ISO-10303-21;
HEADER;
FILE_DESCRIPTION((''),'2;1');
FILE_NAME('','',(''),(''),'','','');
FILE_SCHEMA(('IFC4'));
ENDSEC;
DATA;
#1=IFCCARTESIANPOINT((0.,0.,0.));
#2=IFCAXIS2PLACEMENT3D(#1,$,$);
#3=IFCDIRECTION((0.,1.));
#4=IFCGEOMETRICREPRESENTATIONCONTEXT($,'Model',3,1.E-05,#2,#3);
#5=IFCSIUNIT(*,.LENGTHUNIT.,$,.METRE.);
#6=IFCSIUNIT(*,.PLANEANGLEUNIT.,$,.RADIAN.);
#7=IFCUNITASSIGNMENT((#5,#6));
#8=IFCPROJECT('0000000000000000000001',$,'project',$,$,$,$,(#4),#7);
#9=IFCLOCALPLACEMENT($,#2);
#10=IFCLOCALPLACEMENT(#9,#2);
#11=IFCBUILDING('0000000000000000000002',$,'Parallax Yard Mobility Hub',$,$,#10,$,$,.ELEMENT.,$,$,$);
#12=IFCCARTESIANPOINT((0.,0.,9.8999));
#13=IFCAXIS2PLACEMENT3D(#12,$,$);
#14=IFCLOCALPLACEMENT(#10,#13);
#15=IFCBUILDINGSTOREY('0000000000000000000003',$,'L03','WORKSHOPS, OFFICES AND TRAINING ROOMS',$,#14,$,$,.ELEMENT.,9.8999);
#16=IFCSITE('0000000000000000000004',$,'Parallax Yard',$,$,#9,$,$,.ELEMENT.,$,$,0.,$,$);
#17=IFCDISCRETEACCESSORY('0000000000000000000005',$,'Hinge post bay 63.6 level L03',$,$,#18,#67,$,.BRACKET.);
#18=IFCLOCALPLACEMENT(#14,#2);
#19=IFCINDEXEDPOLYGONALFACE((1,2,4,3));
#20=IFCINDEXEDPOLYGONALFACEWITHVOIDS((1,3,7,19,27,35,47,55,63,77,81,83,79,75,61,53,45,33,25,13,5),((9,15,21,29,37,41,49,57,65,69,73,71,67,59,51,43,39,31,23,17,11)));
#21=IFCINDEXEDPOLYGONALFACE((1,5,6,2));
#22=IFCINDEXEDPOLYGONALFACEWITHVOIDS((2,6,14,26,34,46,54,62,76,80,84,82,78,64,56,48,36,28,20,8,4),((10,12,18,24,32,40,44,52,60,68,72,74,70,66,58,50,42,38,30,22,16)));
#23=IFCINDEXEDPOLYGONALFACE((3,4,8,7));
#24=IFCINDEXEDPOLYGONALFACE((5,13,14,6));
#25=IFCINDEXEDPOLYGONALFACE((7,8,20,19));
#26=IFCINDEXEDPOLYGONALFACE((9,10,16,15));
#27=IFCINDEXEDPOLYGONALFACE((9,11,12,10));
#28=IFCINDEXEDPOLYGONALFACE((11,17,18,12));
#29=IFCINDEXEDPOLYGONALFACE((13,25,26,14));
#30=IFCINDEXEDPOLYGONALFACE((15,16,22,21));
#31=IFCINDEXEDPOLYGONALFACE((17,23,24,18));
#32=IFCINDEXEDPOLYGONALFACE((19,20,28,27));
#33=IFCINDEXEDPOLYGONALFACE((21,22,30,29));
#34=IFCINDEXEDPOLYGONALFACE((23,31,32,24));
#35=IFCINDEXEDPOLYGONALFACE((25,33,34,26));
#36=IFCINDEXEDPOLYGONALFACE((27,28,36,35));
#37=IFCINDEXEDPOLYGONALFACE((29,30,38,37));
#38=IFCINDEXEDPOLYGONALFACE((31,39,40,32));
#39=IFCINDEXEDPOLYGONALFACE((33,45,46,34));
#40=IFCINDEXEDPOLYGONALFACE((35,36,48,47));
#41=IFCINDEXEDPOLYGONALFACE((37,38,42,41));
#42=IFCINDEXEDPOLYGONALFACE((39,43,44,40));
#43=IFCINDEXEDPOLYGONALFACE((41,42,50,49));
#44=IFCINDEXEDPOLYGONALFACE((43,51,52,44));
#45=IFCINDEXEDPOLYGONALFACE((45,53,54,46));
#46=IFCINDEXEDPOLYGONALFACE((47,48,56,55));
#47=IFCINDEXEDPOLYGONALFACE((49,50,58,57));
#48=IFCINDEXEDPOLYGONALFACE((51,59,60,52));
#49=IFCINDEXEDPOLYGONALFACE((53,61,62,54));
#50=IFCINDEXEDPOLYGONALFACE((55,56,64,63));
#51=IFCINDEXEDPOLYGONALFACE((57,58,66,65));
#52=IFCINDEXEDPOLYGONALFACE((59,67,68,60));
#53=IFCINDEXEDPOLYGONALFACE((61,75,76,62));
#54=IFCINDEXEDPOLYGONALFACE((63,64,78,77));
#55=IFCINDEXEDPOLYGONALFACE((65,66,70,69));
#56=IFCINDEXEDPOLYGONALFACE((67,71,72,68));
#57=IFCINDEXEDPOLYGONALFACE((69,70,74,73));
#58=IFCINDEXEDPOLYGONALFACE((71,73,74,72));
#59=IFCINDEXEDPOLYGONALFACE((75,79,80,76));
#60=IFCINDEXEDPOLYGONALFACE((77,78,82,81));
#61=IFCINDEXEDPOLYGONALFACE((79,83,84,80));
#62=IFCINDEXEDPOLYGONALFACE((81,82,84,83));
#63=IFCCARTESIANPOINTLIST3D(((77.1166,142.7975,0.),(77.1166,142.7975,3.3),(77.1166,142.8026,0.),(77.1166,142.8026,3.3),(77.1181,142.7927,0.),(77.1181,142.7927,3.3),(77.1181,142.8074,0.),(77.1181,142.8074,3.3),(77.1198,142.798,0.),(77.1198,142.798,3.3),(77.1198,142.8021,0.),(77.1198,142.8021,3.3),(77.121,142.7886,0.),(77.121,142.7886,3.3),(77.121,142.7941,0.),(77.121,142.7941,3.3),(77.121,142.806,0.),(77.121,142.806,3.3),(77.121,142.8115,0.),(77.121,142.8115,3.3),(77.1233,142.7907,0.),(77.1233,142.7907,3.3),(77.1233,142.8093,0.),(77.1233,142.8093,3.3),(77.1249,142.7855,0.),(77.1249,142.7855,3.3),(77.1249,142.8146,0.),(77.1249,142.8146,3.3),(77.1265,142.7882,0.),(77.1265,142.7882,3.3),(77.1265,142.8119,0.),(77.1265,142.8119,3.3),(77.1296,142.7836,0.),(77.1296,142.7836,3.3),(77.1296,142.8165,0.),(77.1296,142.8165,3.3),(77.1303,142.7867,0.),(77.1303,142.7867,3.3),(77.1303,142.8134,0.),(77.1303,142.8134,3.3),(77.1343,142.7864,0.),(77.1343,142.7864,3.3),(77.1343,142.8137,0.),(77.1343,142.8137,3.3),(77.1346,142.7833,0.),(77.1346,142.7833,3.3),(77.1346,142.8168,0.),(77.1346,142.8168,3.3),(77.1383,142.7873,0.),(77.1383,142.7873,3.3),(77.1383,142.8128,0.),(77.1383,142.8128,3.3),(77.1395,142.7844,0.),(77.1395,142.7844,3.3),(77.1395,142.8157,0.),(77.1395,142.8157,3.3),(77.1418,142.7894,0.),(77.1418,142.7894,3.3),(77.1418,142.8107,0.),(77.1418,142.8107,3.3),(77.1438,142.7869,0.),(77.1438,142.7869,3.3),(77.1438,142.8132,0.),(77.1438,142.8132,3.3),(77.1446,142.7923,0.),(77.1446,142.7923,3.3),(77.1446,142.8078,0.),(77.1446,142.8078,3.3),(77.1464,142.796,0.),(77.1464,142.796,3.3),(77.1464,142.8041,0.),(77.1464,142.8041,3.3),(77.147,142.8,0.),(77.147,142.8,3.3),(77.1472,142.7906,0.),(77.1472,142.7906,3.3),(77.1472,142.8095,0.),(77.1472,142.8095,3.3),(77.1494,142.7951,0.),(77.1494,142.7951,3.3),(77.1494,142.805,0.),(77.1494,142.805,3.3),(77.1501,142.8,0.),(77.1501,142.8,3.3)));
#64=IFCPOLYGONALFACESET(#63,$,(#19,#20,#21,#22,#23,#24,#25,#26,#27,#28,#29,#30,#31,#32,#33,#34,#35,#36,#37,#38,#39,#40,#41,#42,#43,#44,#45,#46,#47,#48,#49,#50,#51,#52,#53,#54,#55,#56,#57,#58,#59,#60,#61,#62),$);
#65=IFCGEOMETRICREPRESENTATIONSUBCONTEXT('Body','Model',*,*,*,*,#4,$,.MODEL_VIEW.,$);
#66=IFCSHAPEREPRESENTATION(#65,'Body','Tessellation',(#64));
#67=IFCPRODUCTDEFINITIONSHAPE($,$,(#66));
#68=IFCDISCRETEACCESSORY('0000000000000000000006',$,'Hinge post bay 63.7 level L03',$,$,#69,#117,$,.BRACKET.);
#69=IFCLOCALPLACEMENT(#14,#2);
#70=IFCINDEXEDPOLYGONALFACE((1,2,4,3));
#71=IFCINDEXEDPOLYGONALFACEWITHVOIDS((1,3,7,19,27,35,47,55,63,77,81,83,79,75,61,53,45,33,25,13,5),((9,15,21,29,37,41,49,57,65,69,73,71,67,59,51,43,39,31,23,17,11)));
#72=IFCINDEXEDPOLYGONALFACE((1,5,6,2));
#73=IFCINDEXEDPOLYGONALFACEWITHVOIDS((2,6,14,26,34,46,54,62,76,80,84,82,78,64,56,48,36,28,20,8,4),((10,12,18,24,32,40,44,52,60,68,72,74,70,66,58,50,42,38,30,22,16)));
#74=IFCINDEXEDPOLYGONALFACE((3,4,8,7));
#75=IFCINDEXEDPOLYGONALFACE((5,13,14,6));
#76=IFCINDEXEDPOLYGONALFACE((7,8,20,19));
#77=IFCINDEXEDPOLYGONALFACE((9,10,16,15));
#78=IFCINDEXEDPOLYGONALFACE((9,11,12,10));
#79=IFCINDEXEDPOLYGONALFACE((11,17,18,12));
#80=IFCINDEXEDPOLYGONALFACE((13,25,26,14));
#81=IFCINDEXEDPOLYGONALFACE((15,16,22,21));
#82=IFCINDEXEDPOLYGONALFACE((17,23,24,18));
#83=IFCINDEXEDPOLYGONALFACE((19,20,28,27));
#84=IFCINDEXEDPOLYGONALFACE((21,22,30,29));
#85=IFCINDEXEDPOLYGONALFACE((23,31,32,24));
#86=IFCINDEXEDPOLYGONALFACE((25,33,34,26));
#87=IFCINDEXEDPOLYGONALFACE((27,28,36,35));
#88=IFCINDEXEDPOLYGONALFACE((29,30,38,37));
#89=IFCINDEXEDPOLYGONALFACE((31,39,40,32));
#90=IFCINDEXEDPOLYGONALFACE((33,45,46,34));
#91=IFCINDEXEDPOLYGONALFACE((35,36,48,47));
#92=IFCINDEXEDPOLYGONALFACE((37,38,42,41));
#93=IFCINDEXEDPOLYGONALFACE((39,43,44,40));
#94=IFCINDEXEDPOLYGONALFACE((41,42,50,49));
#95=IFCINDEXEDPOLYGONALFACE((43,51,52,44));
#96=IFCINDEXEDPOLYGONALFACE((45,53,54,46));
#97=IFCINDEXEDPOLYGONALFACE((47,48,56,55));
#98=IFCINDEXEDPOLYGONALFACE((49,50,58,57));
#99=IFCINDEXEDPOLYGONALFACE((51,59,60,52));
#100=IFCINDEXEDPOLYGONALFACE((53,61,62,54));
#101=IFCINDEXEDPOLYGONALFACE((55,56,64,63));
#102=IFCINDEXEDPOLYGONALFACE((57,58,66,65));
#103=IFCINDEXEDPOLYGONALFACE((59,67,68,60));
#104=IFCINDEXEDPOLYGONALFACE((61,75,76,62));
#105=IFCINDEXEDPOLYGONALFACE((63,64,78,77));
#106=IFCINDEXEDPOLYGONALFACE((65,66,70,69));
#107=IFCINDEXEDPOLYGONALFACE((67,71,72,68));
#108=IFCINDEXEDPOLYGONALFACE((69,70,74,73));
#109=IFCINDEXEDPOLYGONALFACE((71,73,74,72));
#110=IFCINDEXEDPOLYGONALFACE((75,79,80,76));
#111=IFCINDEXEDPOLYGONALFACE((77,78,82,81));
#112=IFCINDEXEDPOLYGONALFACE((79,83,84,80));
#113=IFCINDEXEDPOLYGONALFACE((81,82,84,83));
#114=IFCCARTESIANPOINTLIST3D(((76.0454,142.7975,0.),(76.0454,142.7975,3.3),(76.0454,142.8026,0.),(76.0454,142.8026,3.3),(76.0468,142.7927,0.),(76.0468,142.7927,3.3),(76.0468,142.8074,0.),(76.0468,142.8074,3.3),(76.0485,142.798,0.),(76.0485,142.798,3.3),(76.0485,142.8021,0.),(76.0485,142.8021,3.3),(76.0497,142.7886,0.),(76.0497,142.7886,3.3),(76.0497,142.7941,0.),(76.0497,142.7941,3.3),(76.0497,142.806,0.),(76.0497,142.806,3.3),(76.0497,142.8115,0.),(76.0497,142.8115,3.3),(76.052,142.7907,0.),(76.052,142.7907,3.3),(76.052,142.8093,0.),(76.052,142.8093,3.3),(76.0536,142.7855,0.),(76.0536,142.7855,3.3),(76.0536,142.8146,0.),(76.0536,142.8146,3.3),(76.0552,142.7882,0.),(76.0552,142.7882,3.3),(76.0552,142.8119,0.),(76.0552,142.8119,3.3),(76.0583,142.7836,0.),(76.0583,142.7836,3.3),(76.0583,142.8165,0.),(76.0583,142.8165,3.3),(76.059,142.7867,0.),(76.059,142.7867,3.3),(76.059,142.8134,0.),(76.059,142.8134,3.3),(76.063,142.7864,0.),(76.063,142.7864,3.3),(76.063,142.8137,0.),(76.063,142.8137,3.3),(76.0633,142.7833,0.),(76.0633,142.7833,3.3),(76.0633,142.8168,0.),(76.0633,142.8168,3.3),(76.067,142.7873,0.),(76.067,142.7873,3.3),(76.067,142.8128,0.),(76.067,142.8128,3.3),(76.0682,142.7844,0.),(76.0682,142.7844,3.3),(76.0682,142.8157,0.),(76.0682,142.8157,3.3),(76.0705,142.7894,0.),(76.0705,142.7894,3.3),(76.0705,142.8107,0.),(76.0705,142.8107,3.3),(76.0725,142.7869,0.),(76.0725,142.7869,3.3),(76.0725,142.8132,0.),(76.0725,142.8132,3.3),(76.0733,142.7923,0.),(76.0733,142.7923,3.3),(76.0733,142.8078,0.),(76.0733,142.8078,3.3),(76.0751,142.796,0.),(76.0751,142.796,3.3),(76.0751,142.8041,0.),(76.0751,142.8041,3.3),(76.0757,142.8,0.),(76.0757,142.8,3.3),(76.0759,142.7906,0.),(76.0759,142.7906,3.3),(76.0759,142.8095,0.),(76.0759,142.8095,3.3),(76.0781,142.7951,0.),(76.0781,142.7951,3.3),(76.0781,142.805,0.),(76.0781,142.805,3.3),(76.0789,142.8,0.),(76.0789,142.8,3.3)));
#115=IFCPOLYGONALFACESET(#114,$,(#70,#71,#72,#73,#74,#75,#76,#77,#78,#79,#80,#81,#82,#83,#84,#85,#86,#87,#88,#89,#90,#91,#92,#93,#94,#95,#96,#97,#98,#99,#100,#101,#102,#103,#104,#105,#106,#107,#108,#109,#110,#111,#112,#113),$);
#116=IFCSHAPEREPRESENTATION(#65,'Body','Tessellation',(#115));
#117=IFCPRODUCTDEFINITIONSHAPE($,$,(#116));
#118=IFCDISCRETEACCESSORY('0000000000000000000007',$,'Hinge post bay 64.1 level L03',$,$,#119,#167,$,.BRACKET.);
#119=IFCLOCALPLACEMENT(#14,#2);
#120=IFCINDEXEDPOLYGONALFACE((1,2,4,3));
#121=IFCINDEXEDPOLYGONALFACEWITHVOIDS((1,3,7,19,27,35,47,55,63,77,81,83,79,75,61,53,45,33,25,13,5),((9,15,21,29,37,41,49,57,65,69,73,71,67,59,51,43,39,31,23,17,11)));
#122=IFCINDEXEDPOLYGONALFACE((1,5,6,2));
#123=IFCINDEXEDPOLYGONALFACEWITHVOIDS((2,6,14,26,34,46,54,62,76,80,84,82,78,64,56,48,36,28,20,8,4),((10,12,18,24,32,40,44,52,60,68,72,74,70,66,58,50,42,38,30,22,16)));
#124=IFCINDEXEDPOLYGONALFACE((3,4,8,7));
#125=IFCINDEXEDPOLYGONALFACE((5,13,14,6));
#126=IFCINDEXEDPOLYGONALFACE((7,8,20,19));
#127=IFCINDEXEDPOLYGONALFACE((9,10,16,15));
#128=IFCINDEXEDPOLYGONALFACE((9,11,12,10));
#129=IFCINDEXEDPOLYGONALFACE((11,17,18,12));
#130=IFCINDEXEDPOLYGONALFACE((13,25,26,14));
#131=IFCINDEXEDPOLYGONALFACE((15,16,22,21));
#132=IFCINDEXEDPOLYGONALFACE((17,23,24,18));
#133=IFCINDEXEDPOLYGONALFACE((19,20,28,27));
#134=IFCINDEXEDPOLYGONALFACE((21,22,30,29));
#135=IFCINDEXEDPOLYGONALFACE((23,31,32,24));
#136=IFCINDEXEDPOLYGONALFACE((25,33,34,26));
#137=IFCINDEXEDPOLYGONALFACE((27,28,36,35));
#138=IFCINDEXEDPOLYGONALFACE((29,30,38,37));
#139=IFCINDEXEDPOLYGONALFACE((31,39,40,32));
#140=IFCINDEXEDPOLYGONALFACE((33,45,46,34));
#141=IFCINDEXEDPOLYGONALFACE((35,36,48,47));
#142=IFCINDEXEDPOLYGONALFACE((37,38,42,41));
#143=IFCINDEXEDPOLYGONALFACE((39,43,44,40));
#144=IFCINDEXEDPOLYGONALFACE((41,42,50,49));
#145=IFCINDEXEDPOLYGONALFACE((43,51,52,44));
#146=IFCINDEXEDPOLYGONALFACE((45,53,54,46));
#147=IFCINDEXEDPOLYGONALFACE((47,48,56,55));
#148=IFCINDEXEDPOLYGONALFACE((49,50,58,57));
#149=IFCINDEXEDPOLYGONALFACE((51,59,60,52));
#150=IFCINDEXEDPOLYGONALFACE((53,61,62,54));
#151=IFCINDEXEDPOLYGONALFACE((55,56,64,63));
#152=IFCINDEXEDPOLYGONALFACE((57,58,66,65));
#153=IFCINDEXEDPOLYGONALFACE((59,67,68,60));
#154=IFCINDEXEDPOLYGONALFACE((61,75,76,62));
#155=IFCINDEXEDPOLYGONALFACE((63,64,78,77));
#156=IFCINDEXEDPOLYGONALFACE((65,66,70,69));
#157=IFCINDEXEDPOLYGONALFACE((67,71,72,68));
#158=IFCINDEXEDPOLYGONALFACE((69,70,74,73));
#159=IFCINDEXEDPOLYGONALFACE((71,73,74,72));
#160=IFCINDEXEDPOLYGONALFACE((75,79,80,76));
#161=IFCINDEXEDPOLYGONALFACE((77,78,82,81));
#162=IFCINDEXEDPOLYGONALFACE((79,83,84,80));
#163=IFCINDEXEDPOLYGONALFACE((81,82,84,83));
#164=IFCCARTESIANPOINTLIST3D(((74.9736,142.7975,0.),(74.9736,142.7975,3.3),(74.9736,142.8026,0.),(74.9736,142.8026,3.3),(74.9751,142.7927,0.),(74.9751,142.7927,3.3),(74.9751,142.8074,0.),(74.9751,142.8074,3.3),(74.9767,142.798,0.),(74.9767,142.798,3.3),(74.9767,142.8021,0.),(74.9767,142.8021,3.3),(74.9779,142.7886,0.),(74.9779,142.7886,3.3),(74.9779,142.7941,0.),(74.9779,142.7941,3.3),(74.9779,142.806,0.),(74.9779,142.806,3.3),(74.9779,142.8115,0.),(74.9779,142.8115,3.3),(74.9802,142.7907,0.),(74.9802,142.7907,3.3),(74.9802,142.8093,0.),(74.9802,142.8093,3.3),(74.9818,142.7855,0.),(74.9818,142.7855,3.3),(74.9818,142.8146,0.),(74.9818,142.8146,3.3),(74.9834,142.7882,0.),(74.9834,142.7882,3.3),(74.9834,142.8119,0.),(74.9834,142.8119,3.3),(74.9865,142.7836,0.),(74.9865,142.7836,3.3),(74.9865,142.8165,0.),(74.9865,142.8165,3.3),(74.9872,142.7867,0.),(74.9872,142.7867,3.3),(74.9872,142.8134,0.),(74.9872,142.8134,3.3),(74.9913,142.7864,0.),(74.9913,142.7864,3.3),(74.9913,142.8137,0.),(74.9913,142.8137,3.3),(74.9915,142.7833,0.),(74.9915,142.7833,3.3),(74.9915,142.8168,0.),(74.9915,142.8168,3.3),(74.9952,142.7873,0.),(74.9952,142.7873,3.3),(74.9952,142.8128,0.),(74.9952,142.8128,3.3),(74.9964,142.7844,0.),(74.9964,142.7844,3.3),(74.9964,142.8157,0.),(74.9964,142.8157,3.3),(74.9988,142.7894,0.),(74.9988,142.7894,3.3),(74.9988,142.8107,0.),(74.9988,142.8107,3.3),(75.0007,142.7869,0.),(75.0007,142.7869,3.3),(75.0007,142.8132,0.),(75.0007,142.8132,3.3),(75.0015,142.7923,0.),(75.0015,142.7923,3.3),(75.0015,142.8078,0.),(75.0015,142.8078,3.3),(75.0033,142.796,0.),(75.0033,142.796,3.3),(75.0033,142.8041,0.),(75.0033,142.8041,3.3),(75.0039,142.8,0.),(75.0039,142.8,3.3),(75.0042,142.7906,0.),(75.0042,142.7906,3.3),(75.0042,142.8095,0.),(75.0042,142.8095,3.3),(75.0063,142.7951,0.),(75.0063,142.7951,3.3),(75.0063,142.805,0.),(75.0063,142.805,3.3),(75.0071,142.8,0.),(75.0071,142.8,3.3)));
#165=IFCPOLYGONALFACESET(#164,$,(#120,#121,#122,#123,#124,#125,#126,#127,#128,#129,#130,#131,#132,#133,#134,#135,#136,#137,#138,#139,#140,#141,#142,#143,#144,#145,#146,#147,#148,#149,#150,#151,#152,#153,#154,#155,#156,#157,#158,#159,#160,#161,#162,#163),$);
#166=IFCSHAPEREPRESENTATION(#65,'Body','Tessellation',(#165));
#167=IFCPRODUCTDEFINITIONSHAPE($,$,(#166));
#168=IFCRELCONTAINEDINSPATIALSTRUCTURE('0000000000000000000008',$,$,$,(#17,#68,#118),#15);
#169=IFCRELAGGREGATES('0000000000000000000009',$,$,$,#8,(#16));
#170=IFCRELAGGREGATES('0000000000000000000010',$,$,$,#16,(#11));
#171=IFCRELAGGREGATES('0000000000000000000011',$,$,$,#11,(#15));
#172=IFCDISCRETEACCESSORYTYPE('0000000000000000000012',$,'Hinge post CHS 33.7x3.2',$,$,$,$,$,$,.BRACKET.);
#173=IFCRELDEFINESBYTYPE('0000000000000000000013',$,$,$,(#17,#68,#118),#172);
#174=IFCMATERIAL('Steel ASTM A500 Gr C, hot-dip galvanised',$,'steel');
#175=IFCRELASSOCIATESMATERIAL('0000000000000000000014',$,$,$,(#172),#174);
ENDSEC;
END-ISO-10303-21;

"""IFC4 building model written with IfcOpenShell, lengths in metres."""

from ifc_helpers import new_model, si_unit, direction, frame, origin, origin_2d, place, context, subcontext, project, spatial, hollow_circle, extrude, material, material_profile, profile_set, type_object, element, save


model = new_model("IFC4")

# Units and contexts
model_context = context("Model", 3, precision=1e-05, world=origin(), true_north=direction((0.0, 1.0)))
body_context = subcontext(model_context, "Body", "Model", "MODEL_VIEW")
ifc_project = project(units=[si_unit("LENGTHUNIT", "METRE"), si_unit("PLANEANGLEUNIT", "RADIAN")], contexts=[model_context])

# Site, building, storey
site_placement = place(None, origin())
site = spatial("IfcSite", under=ifc_project, at=site_placement, Name="Parallax Yard", CompositionType="ELEMENT", RefElevation=0.0)
building_placement = place(site_placement, origin())
building = spatial("IfcBuilding", under=site, at=building_placement, Name="Parallax Yard Mobility Hub", CompositionType="ELEMENT")
storey_placement = place(building_placement, frame((0.0, 0.0, 9.8999)))
storey = spatial("IfcBuildingStorey", under=building, at=storey_placement, Name="L03", Description="WORKSHOPS, OFFICES AND TRAINING ROOMS", CompositionType="ELEMENT", Elevation=9.8999)

# Discrete accessories
ifc_material_1 = material(Name="Steel ASTM A500 Gr C, hot-dip galvanised", Category="steel")
ifc_material_profile = material_profile(ifc_material_1, hollow_circle(Radius=0.0168, WallThickness=0.0032, at=origin_2d()), Name="CHS 33.7x3.2")
ifc_profile_set = profile_set([ifc_material_profile], Name="Steel ASTM A500 Gr C, hot-dip galvanised")
discrete_accessory_type_1 = type_object("IfcDiscreteAccessoryType", Name="Hinge post CHS 33.7x3.2", PredefinedType="BRACKET", material=ifc_profile_set)
for number, where, z_axis, x_axis, name in (
    (1, (77.1333, 142.8, 0.0), (0.0, 0.0, 1.0), (1.0, 0.0, 0.0), "Hinge post bay 63.6 level L03"),
    (2, (76.062, 142.8, 0.0), (0.0, 0.0, 1.0), (1.0, 0.0, 0.0), "Hinge post bay 63.7 level L03"),
    (3, (74.9902, 142.8, 0.0), (0.0, 0.0, 1.0), (1.0, 0.0, 0.0), "Hinge post bay 64.1 level L03"),
):
    element("IfcDiscreteAccessory", number, at=place(storey_placement, frame(where, z_axis=z_axis, x_axis=x_axis)), inside=storey, type_object=discrete_accessory_type_1, Name=name, PredefinedType="BRACKET", context=body_context, shape_type="SweptSolid", body=[
        extrude(hollow_circle(Radius=0.0168, WallThickness=0.0032, at=origin_2d()), origin(), (0.0, 0.0, 1.0), 3.3),
    ])

save(model, "model.ifc")
